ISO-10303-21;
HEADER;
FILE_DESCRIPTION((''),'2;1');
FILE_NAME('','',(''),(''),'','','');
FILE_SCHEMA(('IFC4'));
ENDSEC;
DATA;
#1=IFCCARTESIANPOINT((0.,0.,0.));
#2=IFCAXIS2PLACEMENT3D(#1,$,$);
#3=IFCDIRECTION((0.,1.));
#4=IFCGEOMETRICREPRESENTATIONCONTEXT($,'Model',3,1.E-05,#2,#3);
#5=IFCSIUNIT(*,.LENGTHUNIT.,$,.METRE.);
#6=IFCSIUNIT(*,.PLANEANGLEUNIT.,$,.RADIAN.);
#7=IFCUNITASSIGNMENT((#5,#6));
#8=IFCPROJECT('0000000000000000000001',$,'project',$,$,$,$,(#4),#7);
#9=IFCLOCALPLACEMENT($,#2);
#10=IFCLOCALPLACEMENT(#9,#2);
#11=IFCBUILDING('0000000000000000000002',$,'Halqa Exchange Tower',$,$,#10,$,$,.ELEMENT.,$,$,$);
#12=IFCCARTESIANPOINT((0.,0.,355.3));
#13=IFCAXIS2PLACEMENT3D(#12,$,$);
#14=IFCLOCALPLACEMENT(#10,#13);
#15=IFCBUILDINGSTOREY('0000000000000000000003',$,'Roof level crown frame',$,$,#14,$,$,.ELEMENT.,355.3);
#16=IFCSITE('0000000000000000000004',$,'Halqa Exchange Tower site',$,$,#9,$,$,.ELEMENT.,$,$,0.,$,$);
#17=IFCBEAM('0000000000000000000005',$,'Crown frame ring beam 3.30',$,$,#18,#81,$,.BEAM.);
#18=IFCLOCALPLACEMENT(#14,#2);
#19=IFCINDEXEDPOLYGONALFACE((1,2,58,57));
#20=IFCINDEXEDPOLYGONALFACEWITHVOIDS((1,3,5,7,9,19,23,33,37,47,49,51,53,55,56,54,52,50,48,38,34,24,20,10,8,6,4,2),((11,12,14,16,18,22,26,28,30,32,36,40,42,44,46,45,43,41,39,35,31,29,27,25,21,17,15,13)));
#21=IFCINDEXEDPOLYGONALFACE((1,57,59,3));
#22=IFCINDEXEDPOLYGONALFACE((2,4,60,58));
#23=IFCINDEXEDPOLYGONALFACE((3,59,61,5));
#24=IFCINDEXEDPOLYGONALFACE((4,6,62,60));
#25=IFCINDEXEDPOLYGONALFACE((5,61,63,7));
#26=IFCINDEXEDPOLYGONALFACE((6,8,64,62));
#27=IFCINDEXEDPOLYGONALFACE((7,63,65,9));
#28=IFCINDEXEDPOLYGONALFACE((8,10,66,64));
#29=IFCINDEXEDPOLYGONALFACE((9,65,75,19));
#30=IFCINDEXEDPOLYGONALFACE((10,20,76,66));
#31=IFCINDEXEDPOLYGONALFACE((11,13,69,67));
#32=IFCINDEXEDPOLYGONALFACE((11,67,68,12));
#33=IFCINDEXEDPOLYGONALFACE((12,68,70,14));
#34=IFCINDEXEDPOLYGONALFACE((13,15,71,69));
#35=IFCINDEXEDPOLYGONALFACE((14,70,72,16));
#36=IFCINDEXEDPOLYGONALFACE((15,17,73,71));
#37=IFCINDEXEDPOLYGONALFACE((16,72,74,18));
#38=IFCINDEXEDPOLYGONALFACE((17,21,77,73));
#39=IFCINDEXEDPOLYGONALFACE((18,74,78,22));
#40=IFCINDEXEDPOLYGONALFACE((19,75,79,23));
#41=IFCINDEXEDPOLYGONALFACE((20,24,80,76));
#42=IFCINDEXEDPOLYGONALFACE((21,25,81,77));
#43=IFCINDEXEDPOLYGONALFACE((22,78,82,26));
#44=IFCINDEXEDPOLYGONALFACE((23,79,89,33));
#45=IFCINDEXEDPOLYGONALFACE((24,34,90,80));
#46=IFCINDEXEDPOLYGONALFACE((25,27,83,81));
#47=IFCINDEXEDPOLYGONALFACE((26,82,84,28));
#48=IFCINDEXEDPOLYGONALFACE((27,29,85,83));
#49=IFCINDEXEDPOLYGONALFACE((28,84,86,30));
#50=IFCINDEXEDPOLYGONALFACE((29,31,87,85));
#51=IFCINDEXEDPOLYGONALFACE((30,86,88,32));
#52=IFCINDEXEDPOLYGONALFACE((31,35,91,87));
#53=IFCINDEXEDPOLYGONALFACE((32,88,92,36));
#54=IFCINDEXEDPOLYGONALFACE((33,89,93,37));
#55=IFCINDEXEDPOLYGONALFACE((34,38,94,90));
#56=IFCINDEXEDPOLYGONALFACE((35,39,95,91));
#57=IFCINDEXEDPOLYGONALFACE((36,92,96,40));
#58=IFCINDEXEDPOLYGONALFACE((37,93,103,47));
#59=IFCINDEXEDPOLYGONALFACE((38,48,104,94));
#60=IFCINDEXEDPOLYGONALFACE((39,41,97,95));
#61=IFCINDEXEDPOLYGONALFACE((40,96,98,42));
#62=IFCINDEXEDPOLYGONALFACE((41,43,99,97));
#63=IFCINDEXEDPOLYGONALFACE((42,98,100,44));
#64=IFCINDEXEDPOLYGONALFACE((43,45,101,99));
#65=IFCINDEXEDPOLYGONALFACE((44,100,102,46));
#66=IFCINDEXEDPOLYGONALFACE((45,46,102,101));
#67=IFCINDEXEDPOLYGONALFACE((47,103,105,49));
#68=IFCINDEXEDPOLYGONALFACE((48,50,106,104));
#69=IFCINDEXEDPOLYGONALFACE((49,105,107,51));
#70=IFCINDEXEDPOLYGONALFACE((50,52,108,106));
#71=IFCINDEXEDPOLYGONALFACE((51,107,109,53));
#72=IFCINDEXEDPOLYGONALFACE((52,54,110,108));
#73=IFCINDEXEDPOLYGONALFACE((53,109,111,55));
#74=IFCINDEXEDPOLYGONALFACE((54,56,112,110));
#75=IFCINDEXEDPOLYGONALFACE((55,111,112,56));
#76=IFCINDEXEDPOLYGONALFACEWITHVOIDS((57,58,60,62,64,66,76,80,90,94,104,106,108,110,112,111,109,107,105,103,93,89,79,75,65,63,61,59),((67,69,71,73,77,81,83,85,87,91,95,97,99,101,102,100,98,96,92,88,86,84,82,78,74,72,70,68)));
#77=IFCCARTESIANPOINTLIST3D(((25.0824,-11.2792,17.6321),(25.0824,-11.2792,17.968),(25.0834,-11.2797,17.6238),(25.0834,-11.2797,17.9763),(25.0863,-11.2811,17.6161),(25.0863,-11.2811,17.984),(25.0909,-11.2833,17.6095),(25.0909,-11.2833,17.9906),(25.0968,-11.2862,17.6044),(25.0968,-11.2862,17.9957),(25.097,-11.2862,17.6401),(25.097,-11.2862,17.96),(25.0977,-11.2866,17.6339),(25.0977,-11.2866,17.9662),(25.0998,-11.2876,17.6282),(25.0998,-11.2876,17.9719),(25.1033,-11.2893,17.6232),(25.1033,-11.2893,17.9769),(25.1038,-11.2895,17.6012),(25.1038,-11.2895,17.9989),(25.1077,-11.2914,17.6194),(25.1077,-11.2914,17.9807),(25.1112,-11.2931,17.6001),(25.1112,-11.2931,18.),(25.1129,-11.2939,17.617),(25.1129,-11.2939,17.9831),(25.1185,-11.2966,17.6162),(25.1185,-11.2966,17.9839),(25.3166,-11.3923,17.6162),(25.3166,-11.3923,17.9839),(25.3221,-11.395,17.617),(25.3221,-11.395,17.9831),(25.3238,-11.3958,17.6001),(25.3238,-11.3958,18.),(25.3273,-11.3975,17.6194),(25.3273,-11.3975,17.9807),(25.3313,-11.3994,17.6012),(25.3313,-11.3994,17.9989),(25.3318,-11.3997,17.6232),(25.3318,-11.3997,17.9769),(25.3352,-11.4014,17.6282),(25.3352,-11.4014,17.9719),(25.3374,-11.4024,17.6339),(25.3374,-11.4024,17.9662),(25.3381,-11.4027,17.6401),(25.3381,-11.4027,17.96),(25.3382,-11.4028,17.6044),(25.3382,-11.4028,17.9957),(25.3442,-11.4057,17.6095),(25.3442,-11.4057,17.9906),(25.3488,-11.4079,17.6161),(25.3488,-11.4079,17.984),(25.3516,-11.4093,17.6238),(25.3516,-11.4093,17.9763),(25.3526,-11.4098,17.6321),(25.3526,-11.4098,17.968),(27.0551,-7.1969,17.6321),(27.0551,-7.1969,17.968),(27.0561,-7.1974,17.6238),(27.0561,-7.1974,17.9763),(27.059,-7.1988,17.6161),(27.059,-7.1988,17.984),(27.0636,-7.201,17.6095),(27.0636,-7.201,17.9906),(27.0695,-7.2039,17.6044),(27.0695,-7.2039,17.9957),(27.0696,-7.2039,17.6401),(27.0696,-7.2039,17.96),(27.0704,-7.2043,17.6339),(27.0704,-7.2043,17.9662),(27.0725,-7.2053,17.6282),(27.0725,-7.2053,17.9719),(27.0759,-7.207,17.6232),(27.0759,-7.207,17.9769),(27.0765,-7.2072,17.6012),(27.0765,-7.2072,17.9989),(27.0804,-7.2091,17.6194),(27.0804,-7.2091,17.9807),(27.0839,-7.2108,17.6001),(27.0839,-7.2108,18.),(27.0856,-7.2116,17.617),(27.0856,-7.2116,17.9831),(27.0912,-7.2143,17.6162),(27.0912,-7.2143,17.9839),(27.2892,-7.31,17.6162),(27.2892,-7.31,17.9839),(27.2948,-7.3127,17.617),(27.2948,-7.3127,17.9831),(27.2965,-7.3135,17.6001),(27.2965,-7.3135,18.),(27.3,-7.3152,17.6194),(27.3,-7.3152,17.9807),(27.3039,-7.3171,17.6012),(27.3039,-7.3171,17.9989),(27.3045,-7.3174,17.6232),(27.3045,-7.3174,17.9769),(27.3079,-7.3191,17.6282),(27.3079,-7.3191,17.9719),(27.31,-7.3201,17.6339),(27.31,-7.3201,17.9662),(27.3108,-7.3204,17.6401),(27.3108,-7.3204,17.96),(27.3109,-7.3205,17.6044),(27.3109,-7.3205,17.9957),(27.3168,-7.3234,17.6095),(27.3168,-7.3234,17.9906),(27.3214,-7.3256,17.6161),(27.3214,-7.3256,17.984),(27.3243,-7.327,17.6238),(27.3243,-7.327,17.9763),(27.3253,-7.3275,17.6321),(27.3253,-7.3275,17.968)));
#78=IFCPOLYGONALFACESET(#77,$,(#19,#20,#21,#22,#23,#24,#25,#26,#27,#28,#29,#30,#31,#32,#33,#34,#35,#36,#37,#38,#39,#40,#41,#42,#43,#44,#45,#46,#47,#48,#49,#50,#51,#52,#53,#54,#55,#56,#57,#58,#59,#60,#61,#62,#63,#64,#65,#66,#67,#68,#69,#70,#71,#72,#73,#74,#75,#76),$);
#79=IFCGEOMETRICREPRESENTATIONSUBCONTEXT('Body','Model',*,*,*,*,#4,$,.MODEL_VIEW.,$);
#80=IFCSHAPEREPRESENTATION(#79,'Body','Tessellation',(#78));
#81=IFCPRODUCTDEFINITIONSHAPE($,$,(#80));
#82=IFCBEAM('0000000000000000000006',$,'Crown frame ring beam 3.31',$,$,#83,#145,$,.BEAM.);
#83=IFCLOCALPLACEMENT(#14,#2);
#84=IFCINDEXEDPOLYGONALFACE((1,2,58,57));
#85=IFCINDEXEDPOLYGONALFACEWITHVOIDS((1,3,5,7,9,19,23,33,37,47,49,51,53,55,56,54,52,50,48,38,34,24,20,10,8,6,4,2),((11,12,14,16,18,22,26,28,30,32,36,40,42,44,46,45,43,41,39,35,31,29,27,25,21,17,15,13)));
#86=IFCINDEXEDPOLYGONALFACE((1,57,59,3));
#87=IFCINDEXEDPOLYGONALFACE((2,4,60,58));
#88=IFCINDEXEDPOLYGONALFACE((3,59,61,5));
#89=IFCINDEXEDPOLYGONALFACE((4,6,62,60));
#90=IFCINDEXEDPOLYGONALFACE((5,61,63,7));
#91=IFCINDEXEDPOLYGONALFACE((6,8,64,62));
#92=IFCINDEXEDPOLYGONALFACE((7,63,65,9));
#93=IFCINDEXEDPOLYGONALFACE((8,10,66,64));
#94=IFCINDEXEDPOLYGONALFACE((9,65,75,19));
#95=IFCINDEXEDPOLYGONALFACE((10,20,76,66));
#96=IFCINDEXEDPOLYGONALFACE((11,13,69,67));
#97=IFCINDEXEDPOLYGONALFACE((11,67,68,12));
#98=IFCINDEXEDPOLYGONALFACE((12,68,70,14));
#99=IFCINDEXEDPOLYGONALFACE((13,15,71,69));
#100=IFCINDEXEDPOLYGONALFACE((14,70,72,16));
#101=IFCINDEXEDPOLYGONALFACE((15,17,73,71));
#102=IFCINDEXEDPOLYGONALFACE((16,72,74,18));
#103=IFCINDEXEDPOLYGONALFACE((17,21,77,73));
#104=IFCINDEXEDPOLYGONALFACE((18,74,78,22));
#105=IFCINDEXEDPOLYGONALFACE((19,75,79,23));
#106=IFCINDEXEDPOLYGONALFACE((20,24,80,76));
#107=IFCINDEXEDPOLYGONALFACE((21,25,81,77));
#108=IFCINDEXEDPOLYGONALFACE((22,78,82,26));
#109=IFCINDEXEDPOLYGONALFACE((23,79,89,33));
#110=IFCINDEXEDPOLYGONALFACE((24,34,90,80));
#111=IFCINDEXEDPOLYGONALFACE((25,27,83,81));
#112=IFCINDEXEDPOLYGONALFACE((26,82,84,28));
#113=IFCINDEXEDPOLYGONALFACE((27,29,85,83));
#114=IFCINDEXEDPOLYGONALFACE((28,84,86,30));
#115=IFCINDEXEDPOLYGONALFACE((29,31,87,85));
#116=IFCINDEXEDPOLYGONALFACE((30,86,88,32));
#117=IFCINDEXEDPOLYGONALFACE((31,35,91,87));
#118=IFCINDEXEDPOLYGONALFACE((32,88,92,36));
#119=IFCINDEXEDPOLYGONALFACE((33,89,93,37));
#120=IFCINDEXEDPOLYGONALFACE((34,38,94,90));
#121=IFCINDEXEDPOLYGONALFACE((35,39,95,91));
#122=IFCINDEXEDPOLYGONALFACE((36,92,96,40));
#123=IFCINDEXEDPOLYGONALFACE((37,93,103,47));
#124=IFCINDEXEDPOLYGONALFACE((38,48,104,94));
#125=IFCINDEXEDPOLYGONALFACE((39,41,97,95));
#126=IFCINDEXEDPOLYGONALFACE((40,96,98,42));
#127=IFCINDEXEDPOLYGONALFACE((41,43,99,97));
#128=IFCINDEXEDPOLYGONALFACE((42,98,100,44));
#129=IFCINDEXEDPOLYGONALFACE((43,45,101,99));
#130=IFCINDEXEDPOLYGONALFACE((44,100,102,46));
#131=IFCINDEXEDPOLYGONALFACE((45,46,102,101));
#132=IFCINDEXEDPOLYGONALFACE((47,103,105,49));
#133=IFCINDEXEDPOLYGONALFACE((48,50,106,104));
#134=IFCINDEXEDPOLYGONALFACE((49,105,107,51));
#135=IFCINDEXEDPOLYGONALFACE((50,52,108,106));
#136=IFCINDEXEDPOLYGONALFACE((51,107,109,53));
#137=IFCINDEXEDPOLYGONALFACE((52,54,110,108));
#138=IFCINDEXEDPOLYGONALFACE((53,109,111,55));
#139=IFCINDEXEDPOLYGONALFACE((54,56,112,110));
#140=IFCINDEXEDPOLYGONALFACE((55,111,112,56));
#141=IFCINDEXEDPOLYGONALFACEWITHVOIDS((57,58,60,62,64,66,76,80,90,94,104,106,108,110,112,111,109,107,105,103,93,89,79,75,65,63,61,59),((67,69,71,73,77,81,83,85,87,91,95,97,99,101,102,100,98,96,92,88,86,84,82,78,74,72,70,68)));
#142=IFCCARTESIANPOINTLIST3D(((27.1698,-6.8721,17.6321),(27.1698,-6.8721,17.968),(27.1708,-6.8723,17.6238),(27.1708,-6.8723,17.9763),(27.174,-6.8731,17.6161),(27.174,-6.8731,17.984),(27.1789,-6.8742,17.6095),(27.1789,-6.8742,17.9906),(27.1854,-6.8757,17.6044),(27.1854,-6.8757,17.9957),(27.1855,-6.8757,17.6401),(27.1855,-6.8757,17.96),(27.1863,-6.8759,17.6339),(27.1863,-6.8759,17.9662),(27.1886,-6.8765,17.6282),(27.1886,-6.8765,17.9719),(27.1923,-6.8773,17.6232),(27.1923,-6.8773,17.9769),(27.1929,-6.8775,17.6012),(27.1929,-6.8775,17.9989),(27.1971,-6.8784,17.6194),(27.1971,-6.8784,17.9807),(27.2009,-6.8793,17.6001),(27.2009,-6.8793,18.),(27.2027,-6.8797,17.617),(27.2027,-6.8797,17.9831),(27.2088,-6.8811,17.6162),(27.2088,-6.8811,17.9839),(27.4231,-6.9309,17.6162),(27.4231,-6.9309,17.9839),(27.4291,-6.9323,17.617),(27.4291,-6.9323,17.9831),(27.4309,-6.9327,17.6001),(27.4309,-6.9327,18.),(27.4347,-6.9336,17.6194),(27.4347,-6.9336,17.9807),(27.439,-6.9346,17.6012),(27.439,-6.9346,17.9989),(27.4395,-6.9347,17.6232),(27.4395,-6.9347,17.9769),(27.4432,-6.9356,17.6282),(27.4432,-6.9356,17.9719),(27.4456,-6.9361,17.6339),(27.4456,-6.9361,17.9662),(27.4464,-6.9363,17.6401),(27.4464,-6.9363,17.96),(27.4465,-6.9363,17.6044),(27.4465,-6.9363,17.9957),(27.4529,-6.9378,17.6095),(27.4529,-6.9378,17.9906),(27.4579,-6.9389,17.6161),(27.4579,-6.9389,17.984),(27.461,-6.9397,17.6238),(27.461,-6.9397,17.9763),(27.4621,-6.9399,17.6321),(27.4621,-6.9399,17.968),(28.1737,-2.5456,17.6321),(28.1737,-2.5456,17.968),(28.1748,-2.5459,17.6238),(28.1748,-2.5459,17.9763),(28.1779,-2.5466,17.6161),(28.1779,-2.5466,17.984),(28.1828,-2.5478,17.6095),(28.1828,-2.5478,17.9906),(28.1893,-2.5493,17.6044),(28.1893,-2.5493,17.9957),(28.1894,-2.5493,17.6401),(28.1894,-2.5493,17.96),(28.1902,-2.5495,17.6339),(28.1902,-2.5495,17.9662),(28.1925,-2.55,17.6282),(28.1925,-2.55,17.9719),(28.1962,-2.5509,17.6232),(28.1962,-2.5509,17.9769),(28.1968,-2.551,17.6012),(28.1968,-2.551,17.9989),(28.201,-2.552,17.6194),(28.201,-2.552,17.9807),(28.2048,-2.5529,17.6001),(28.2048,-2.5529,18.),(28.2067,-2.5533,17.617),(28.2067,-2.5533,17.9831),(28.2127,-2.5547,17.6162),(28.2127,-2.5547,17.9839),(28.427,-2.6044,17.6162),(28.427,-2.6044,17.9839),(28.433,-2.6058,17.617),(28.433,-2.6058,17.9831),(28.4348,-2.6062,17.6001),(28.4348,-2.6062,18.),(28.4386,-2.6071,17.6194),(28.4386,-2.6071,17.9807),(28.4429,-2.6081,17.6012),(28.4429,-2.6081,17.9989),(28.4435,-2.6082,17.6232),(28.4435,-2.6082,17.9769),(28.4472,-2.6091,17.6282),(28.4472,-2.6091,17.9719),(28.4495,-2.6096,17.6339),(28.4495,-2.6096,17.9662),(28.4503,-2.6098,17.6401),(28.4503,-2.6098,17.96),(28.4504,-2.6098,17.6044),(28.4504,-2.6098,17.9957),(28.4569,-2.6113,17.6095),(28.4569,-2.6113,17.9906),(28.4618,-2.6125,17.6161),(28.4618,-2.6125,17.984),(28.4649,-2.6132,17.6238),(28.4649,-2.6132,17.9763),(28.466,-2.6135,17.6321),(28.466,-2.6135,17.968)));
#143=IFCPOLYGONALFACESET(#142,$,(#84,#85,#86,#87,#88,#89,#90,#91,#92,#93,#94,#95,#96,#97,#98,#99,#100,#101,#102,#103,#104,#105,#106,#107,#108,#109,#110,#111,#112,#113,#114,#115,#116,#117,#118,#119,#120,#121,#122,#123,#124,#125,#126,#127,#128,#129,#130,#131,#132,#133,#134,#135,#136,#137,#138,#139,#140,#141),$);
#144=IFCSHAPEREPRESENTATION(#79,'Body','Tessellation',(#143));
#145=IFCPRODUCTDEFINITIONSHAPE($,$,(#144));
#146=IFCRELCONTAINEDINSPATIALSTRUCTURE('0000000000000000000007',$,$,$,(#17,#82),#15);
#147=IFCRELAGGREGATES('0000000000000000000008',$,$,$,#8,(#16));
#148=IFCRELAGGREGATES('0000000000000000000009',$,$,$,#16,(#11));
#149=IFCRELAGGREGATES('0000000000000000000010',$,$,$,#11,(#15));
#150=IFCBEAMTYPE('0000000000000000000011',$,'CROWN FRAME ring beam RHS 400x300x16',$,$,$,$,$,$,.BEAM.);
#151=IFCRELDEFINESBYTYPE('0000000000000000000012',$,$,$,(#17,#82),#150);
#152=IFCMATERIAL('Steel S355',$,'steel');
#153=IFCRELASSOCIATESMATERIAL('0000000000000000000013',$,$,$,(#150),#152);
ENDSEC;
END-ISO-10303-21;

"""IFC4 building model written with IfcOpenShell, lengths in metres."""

from ifc_helpers import new_model, si_unit, direction, frame, origin, origin_2d, place, context, subcontext, project, spatial, hollow_rectangle, extrude, material, material_profile, profile_set, type_object, element, save


model = new_model("IFC4")

# Units and contexts
model_context = context("Model", 3, precision=1e-05, world=origin(), true_north=direction((0.0, 1.0)))
body_context = subcontext(model_context, "Body", "Model", "MODEL_VIEW")
ifc_project = project(units=[si_unit("LENGTHUNIT", "METRE"), si_unit("PLANEANGLEUNIT", "RADIAN")], contexts=[model_context])

# Site, building, storey
site_placement = place(None, origin())
site = spatial("IfcSite", under=ifc_project, at=site_placement, Name="Halqa Exchange Tower site", CompositionType="ELEMENT", RefElevation=0.0)
building_placement = place(site_placement, origin())
building = spatial("IfcBuilding", under=site, at=building_placement, Name="Halqa Exchange Tower", CompositionType="ELEMENT")
storey_placement = place(building_placement, frame((0.0, 0.0, 355.3)))
storey = spatial("IfcBuildingStorey", under=building, at=storey_placement, Name="Roof level crown frame", CompositionType="ELEMENT", Elevation=355.3)

# Shared definitions
ifc_material_1 = material(Name="Steel S355", Category="steel")

# Beams
ifc_material_profile_1 = material_profile(ifc_material_1, hollow_rectangle(XDim=0.3, YDim=0.3999, WallThickness=0.0161, InnerFilletRadius=0.0239, OuterFilletRadius=0.032, at=origin_2d()), Name="RHS 400x300x16")
ifc_profile_set_1 = profile_set([ifc_material_profile_1], Name="Steel S355")
beam_type_1 = type_object("IfcBeamType", Name="CROWN FRAME ring beam RHS 400x300x16", PredefinedType="BEAM", material=ifc_profile_set_1)
beam_1_placement = place(storey_placement, frame((25.2175, -11.3445, 17.8), z_axis=(0.435089, 0.900387, 0.0), x_axis=(-0.900387, 0.435089, 0.0)))
element("IfcBeam", 1, at=beam_1_placement, inside=storey, type_object=beam_type_1, Name="Crown frame ring beam 3.30", PredefinedType="BEAM", context=body_context, shape_type="SweptSolid", body=[
    extrude(hollow_rectangle(XDim=0.3, YDim=0.3999, WallThickness=0.0161, InnerFilletRadius=0.0239, OuterFilletRadius=0.032, at=origin_2d()), origin(), (0.0, 0.0, 1.0), 4.5339),
])
beam_2_placement = place(storey_placement, frame((27.3159, -6.906, 17.8), z_axis=(0.226036, 0.974119, 0.0), x_axis=(-0.974119, 0.226036, 0.0)))
element("IfcBeam", 2, at=beam_2_placement, inside=storey, type_object=beam_type_1, Name="Crown frame ring beam 3.31", PredefinedType="BEAM", context=body_context, shape_type="SweptSolid", body=[
    extrude(hollow_rectangle(XDim=0.3, YDim=0.3999, WallThickness=0.0161, InnerFilletRadius=0.0239, OuterFilletRadius=0.032, at=origin_2d()), origin(), (0.0, 0.0, 1.0), 4.4414),
])

save(model, "model.ifc")
